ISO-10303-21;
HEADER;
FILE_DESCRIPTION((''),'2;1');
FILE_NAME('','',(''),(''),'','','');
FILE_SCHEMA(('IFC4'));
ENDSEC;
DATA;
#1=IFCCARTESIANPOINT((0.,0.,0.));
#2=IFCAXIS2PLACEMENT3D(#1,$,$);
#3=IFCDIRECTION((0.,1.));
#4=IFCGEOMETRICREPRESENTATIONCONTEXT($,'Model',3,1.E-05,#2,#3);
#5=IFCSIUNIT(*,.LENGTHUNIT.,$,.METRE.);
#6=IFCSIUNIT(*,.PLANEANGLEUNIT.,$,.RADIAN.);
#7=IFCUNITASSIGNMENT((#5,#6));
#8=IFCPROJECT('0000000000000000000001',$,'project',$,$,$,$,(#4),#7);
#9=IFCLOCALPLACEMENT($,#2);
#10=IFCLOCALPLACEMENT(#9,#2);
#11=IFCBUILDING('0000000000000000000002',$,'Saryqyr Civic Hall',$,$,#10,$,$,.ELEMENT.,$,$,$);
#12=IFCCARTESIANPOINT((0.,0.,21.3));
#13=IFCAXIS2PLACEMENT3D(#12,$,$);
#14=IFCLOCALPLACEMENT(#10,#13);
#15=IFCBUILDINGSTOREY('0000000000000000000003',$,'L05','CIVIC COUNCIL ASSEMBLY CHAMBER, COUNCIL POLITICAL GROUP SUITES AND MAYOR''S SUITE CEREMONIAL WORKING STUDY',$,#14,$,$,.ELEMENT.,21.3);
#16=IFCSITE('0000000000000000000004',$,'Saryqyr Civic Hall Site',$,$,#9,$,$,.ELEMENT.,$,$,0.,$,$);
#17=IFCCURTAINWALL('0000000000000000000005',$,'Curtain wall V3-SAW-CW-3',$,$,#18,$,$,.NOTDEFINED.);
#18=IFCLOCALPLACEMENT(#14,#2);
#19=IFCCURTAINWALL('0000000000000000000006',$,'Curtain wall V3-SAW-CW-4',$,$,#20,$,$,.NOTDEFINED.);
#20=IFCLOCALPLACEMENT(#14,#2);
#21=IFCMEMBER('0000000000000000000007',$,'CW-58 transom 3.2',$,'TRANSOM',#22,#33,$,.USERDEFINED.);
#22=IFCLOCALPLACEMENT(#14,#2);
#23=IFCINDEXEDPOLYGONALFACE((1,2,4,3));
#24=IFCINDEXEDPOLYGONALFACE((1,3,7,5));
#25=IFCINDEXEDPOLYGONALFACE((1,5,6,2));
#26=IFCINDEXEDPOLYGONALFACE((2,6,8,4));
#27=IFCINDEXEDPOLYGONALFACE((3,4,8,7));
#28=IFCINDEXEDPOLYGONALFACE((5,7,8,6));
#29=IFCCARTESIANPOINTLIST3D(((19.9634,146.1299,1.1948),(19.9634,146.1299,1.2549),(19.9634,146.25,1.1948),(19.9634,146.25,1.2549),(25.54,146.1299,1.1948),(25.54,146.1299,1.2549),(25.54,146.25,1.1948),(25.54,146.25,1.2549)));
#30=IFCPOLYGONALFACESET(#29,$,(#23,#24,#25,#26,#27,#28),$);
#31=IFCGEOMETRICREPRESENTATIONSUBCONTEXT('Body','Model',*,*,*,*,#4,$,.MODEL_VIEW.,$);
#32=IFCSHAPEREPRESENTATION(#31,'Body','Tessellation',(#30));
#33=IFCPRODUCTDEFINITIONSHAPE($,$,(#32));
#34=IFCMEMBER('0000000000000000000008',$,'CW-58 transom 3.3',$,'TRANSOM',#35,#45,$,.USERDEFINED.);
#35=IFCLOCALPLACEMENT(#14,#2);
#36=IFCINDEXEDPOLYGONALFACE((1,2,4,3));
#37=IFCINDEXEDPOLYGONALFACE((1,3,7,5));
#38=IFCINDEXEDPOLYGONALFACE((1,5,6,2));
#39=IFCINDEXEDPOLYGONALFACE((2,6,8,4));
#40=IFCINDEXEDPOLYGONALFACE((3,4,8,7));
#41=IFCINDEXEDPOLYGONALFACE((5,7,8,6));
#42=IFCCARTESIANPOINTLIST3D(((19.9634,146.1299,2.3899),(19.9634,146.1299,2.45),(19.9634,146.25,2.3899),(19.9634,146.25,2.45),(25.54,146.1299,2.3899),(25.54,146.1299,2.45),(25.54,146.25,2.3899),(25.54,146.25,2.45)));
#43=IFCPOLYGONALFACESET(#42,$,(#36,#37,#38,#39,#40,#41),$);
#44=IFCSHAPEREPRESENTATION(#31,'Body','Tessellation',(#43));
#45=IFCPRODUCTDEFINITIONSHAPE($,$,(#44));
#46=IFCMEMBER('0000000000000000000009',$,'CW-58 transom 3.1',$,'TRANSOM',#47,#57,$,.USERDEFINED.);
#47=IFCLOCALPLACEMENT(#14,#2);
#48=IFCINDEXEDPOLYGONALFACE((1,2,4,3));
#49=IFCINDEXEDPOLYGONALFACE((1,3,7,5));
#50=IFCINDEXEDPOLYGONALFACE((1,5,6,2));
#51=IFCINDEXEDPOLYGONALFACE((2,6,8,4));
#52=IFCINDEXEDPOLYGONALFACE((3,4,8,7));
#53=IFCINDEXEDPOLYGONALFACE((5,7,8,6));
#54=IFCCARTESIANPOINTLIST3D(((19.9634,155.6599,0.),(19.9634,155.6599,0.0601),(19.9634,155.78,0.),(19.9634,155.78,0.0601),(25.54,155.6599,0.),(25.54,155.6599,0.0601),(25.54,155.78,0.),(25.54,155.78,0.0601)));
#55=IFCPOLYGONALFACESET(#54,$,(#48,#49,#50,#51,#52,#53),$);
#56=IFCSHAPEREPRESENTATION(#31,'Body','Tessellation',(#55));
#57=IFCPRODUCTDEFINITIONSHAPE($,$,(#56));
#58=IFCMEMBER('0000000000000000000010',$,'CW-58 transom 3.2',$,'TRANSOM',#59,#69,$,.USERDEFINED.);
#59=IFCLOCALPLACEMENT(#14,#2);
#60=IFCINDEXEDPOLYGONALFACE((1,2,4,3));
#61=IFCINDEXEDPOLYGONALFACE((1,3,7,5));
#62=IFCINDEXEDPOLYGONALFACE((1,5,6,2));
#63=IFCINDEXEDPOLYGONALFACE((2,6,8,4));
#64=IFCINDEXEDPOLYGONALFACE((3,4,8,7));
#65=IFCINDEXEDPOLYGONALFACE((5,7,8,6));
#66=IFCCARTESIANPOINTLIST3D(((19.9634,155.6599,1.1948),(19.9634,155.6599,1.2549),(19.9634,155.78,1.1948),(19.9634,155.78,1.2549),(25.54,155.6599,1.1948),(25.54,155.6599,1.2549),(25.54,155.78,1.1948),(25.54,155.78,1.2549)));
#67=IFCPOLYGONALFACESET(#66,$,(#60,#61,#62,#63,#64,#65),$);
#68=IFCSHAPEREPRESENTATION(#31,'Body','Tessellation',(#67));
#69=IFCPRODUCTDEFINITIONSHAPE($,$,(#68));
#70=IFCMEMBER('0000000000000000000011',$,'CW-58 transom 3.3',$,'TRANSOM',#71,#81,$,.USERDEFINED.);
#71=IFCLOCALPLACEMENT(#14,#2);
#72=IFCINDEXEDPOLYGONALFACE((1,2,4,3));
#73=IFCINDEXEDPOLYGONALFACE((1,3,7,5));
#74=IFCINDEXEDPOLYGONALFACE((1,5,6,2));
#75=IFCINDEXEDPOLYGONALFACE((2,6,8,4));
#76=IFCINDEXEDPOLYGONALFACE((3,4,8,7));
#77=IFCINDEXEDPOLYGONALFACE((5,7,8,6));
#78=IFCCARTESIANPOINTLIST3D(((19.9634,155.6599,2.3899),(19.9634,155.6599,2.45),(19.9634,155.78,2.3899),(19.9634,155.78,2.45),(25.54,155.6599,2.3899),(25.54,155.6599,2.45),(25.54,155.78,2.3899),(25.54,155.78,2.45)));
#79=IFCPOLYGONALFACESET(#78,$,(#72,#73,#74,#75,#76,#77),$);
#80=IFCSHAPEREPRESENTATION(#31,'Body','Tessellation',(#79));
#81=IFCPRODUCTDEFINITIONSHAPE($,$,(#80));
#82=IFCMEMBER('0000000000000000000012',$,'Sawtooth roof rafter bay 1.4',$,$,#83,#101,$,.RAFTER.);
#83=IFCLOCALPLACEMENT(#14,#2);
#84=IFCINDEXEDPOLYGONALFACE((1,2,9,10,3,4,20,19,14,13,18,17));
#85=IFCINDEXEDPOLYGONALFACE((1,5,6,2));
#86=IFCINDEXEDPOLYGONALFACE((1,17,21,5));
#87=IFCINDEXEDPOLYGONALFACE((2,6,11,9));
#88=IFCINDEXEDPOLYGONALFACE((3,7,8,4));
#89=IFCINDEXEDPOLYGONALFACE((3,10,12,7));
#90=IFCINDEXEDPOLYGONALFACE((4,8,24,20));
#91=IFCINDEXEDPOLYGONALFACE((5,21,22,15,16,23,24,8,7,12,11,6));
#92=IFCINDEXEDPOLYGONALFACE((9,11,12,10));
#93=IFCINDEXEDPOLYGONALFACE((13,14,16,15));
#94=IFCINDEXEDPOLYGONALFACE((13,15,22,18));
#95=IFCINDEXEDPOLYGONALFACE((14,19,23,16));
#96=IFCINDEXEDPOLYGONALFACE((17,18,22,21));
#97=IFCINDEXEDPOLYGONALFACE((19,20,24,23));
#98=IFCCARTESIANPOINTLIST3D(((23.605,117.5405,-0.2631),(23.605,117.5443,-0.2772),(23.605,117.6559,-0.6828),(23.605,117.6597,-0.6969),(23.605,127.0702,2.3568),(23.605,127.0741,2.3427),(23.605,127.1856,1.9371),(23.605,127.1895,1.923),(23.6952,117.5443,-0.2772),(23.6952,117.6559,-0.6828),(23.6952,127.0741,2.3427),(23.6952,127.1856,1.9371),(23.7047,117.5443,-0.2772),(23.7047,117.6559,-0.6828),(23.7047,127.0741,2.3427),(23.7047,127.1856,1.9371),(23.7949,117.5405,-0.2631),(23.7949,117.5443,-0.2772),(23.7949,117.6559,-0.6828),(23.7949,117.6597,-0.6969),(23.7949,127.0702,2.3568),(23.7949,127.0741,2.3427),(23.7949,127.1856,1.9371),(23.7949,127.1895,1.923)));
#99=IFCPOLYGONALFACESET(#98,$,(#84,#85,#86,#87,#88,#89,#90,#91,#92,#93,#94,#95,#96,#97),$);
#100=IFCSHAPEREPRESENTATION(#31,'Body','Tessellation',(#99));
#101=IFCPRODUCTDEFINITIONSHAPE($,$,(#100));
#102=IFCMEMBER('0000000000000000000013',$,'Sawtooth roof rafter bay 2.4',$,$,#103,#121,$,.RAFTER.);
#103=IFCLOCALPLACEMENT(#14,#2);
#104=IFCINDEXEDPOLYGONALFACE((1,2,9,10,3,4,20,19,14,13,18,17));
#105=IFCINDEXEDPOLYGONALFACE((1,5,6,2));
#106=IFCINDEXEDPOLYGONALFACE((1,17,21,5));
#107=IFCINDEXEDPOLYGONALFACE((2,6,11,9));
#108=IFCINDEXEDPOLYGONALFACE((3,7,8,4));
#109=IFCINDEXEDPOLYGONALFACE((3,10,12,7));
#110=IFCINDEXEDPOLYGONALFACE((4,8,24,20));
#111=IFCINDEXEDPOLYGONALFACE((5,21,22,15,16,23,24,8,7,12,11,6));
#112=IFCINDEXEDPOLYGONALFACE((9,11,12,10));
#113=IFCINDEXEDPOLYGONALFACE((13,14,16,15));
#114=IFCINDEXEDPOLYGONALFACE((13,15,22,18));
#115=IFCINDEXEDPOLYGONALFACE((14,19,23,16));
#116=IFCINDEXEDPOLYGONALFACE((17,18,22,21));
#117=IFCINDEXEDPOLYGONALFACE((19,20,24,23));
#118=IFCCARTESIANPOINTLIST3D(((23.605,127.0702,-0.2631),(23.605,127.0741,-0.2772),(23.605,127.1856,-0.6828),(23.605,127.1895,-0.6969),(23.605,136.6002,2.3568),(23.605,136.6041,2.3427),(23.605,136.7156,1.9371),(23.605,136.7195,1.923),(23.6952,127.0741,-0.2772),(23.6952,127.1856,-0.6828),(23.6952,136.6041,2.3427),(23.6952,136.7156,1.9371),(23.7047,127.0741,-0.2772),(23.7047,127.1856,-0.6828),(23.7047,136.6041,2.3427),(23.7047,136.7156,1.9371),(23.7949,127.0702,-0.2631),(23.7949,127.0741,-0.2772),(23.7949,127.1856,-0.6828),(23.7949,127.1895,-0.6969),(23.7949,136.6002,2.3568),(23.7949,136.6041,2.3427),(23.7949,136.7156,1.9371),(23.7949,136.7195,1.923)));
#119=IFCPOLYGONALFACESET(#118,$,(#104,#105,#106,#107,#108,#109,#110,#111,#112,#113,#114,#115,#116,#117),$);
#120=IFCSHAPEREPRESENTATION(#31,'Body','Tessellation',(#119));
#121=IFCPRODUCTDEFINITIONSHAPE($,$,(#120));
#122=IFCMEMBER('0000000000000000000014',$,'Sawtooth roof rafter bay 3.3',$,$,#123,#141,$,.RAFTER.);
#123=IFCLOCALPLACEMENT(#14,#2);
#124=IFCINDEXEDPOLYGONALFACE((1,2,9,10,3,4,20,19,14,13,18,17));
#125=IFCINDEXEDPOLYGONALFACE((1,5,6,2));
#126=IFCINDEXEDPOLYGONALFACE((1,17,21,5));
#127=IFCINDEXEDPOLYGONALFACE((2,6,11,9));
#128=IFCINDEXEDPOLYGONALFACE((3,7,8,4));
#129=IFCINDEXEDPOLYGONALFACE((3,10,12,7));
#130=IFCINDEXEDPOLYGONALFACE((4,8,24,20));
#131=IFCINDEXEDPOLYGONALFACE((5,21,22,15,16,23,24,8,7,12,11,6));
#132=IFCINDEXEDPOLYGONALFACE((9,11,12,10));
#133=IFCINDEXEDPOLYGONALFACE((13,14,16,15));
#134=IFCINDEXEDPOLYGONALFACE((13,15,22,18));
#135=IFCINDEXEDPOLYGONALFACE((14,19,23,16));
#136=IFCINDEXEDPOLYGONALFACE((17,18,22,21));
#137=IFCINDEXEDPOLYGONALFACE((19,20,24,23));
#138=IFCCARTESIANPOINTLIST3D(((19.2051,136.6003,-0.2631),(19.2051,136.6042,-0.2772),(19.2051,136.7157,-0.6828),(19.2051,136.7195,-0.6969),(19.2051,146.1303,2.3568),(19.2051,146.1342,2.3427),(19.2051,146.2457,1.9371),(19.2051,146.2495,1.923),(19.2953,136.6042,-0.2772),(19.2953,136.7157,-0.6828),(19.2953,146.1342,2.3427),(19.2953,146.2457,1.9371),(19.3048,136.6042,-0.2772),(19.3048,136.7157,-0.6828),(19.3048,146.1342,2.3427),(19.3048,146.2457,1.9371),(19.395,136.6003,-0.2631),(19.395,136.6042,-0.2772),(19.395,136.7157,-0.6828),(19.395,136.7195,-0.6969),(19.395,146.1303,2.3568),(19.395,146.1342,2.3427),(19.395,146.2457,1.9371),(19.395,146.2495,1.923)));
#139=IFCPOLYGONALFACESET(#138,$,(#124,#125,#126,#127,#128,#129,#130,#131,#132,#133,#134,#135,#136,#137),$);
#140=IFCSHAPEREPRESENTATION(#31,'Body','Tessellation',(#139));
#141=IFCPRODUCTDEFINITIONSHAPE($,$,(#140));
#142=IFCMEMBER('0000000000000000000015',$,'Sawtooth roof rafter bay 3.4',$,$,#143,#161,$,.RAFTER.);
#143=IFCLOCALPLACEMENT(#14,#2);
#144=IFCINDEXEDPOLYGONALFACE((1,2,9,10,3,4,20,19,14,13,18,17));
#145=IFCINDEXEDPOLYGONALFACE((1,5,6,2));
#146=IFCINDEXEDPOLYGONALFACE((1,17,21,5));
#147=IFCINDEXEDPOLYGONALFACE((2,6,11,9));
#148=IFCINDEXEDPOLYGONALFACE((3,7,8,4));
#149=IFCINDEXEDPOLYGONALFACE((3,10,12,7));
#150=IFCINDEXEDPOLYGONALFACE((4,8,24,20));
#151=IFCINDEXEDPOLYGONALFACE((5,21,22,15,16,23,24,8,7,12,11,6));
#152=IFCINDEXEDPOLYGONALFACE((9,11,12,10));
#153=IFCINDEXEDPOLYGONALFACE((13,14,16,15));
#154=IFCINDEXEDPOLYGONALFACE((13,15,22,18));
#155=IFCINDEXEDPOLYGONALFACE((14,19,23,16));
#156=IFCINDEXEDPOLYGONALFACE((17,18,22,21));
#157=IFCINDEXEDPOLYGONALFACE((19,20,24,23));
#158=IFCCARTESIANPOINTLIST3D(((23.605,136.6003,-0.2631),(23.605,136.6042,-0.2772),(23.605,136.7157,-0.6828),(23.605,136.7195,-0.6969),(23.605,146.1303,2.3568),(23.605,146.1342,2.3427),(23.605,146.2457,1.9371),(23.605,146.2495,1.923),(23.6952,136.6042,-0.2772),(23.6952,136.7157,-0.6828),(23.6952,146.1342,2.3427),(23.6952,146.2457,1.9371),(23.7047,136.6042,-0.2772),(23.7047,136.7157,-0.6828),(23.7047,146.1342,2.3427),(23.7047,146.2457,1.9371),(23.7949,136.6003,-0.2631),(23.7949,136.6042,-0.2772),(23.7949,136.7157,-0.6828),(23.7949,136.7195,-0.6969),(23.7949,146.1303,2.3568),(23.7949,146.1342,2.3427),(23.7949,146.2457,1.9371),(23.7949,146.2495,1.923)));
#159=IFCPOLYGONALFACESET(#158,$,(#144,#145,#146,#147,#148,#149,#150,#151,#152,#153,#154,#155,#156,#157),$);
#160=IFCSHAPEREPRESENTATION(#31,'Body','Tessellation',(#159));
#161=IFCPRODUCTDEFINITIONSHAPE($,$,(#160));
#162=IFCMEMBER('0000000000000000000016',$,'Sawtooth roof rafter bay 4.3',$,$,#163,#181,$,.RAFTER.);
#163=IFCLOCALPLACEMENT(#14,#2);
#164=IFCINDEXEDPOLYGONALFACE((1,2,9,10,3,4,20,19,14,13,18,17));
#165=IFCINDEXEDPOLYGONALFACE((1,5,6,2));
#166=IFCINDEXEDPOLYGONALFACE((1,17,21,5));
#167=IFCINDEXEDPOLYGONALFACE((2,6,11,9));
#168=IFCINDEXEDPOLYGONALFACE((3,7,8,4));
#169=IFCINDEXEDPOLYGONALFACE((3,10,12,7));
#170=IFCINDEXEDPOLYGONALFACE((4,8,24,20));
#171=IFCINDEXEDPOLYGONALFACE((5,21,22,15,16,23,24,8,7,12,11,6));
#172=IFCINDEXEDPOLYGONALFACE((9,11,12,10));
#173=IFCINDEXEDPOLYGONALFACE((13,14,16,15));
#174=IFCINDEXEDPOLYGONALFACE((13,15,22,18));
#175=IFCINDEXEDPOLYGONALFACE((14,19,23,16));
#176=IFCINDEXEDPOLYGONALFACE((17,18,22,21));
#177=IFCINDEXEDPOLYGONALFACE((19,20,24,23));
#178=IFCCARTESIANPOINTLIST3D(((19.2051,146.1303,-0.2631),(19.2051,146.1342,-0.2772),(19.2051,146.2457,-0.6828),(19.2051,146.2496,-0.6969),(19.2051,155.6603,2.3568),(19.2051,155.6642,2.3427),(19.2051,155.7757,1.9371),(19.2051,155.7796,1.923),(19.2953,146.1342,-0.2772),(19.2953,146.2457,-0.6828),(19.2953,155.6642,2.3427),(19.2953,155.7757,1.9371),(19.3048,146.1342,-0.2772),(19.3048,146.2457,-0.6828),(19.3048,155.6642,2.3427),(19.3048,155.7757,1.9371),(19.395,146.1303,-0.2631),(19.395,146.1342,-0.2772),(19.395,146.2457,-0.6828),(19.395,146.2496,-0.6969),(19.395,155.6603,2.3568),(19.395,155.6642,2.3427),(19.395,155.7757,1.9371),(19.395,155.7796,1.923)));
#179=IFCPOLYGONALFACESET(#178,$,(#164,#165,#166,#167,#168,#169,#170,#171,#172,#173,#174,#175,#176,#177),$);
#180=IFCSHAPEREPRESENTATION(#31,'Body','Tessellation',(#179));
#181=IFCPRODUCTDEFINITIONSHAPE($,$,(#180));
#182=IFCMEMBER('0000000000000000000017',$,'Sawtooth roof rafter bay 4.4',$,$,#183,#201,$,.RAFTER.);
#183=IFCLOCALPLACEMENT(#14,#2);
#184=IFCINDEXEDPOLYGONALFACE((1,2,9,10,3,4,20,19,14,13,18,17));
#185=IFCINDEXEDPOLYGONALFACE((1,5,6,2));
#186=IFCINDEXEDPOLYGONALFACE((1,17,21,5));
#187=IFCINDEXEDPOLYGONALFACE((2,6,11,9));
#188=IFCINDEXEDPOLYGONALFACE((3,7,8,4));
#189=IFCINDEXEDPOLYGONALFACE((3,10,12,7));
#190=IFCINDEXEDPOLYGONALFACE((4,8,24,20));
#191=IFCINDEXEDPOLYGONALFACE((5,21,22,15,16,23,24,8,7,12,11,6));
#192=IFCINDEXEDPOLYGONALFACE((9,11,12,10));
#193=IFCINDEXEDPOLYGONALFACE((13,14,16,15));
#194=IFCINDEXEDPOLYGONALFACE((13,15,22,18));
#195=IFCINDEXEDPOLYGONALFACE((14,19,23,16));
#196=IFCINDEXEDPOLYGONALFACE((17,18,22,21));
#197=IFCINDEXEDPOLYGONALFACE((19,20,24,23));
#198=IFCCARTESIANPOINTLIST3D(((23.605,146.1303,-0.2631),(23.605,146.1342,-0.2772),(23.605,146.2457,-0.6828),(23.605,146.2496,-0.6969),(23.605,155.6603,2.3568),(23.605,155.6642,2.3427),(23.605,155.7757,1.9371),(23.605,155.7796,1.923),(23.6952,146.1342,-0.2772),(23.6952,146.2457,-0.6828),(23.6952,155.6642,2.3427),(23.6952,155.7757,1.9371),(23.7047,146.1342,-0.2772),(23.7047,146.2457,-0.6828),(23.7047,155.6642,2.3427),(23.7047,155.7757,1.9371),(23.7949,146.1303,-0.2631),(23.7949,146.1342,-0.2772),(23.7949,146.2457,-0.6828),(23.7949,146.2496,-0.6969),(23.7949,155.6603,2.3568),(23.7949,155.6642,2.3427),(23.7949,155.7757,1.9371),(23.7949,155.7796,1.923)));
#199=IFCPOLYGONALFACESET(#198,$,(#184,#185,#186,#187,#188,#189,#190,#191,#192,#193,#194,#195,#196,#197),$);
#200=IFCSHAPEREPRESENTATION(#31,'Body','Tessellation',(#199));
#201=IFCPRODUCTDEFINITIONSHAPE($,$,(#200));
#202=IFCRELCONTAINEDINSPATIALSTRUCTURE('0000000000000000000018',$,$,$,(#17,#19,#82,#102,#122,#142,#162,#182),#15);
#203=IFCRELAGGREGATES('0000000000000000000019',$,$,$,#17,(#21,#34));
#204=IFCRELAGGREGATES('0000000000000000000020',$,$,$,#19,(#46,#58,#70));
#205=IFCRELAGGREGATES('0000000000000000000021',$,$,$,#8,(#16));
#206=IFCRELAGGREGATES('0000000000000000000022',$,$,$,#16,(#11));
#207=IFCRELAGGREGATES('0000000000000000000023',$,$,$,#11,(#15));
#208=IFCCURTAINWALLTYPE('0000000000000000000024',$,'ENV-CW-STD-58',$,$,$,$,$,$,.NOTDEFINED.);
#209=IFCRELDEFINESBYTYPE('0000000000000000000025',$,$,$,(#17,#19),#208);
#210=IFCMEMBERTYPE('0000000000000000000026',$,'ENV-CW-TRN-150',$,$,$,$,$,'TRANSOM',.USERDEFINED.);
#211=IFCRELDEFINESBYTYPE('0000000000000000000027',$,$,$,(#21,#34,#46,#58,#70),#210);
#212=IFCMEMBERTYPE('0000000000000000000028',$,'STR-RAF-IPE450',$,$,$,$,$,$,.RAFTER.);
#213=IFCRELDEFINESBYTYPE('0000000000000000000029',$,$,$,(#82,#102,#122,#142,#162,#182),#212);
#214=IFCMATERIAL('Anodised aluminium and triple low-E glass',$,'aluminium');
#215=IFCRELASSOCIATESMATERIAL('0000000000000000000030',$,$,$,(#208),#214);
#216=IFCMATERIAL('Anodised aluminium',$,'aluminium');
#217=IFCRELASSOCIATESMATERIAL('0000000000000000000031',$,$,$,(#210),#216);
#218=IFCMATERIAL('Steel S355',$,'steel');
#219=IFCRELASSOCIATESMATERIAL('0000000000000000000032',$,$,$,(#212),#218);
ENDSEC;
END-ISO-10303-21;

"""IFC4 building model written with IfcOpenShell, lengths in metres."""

from ifc_helpers import new_model, si_unit, direction, frame, origin, origin_2d, place, context, subcontext, project, spatial, rectangle, i_section, extrude, material, material_profile, profile_set, type_object, element, aggregate, save


model = new_model("IFC4")

# Units and contexts
model_context = context("Model", 3, precision=1e-05, world=origin(), true_north=direction((0.0, 1.0)))
body_context = subcontext(model_context, "Body", "Model", "MODEL_VIEW")
ifc_project = project(units=[si_unit("LENGTHUNIT", "METRE"), si_unit("PLANEANGLEUNIT", "RADIAN")], contexts=[model_context])

# Site, building, storey
site_placement = place(None, origin())
site = spatial("IfcSite", under=ifc_project, at=site_placement, Name="Saryqyr Civic Hall Site", CompositionType="ELEMENT", RefElevation=0.0)
building_placement = place(site_placement, origin())
building = spatial("IfcBuilding", under=site, at=building_placement, Name="Saryqyr Civic Hall", CompositionType="ELEMENT")
storey_placement = place(building_placement, frame((0.0, 0.0, 21.3)))
storey = spatial("IfcBuildingStorey", under=building, at=storey_placement, Name="L05", Description="CIVIC COUNCIL ASSEMBLY CHAMBER, COUNCIL POLITICAL GROUP SUITES AND MAYOR'S SUITE CEREMONIAL WORKING STUDY", CompositionType="ELEMENT", Elevation=21.3)

# Curtain walls
ifc_material_1 = material(Name="Anodised aluminium and triple low-E glass", Category="aluminium")
curtain_wall_type = type_object("IfcCurtainWallType", Name="ENV-CW-STD-58", PredefinedType="NOTDEFINED", material=ifc_material_1)
ifc_material_2 = material(Name="Anodised aluminium", Category="aluminium")
curtain_wall_1_placement = place(storey_placement, origin())
curtain_wall_1 = element("IfcCurtainWall", 1, at=curtain_wall_1_placement, inside=storey, type_object=curtain_wall_type, Name="Curtain wall V3-SAW-CW-3", PredefinedType="NOTDEFINED")
curtain_wall_2_placement = place(storey_placement, origin())
curtain_wall_2 = element("IfcCurtainWall", 2, at=curtain_wall_2_placement, inside=storey, type_object=curtain_wall_type, Name="Curtain wall V3-SAW-CW-4", PredefinedType="NOTDEFINED")

# Members
ifc_material_profile_1 = material_profile(ifc_material_2, rectangle(XDim=0.1201, YDim=0.0601, at=origin_2d()), Name="ALU TRANSOM 120x60")
ifc_profile_set_1 = profile_set([ifc_material_profile_1], Name="Anodised aluminium")
member_type_1 = type_object("IfcMemberType", Name="ENV-CW-TRN-150", ElementType="TRANSOM", PredefinedType="USERDEFINED", material=ifc_profile_set_1)
member_1_placement = place(storey_placement, frame((19.9634, 146.1899, 1.2249), z_axis=(1.0, 0.0, 0.0), x_axis=(0.0, 1.0, 0.0)))
member_1 = element("IfcMember", 3, at=member_1_placement, type_object=member_type_1, Name="CW-58 transom 3.2", ObjectType="TRANSOM", PredefinedType="USERDEFINED", context=body_context, shape_type="SweptSolid", body=[
    extrude(rectangle(XDim=0.1201, YDim=0.0601, at=origin_2d()), origin(), (0.0, 0.0, 1.0), 5.5767),
])
member_2_placement = place(storey_placement, frame((19.9634, 146.1899, 2.4199), z_axis=(1.0, 0.0, 0.0), x_axis=(0.0, 1.0, 0.0)))
member_2 = element("IfcMember", 4, at=member_2_placement, type_object=member_type_1, Name="CW-58 transom 3.3", ObjectType="TRANSOM", PredefinedType="USERDEFINED", context=body_context, shape_type="SweptSolid", body=[
    extrude(rectangle(XDim=0.1201, YDim=0.0601, at=origin_2d()), origin(), (0.0, 0.0, 1.0), 5.5767),
])
member_3_placement = place(storey_placement, frame((19.9634, 155.72, 0.03), z_axis=(1.0, 0.0, 0.0), x_axis=(0.0, 1.0, 0.0)))
member_3 = element("IfcMember", 5, at=member_3_placement, type_object=member_type_1, Name="CW-58 transom 3.1", ObjectType="TRANSOM", PredefinedType="USERDEFINED", context=body_context, shape_type="SweptSolid", body=[
    extrude(rectangle(XDim=0.1201, YDim=0.0601, at=origin_2d()), origin(), (0.0, 0.0, 1.0), 5.5767),
])
member_4_placement = place(storey_placement, frame((19.9634, 155.72, 1.2249), z_axis=(1.0, 0.0, 0.0), x_axis=(0.0, 1.0, 0.0)))
member_4 = element("IfcMember", 6, at=member_4_placement, type_object=member_type_1, Name="CW-58 transom 3.2", ObjectType="TRANSOM", PredefinedType="USERDEFINED", context=body_context, shape_type="SweptSolid", body=[
    extrude(rectangle(XDim=0.1201, YDim=0.0601, at=origin_2d()), origin(), (0.0, 0.0, 1.0), 5.5767),
])
member_5_placement = place(storey_placement, frame((19.9634, 155.72, 2.4199), z_axis=(1.0, 0.0, 0.0), x_axis=(0.0, 1.0, 0.0)))
member_5 = element("IfcMember", 7, at=member_5_placement, type_object=member_type_1, Name="CW-58 transom 3.3", ObjectType="TRANSOM", PredefinedType="USERDEFINED", context=body_context, shape_type="SweptSolid", body=[
    extrude(rectangle(XDim=0.1201, YDim=0.0601, at=origin_2d()), origin(), (0.0, 0.0, 1.0), 5.5767),
])

# Members
ifc_material_3 = material(Name="Steel S355", Category="steel")
ifc_material_profile_2 = material_profile(ifc_material_3, i_section(OverallWidth=0.1899, OverallDepth=0.45, WebThickness=0.0095, FlangeThickness=0.0146, at=origin_2d()), Name="IPE 450")
ifc_profile_set_2 = profile_set([ifc_material_profile_2], Name="Steel S355")
member_type_2 = type_object("IfcMemberType", Name="STR-RAF-IPE450", PredefinedType="RAFTER", material=ifc_profile_set_2)
member_6_placement = place(storey_placement, frame((23.7, 117.6001, -0.48), z_axis=(0.0, 0.964227, 0.26508), x_axis=(-1.0, 0.0, 0.0)))
element("IfcMember", 8, at=member_6_placement, inside=storey, type_object=member_type_2, Name="Sawtooth roof rafter bay 1.4", PredefinedType="RAFTER", context=body_context, shape_type="SweptSolid", body=[
    extrude(i_section(OverallWidth=0.1899, OverallDepth=0.45, WebThickness=0.0095, FlangeThickness=0.0146, at=origin_2d()), origin(), (0.0, 0.0, 1.0), 9.8833),
])
for number, where, z_axis, x_axis, name in (
    (9, (23.7, 127.1299, -0.48), (0.0, 0.964228, 0.265073), (-1.0, 0.0, 0.0), "Sawtooth roof rafter bay 2.4"),
    (10, (19.3, 136.6599, -0.48), (0.0, 0.964228, 0.265073), (-1.0, 0.0, 0.0), "Sawtooth roof rafter bay 3.3"),
    (11, (23.7, 136.6599, -0.48), (0.0, 0.964228, 0.265073), (-1.0, 0.0, 0.0), "Sawtooth roof rafter bay 3.4"),
    (12, (19.3, 146.1899, -0.48), (0.0, 0.964228, 0.265073), (-1.0, 0.0, 0.0), "Sawtooth roof rafter bay 4.3"),
    (13, (23.7, 146.1899, -0.48), (0.0, 0.964228, 0.265073), (-1.0, 0.0, 0.0), "Sawtooth roof rafter bay 4.4"),
):
    element("IfcMember", number, at=place(storey_placement, frame(where, z_axis=z_axis, x_axis=x_axis)), inside=storey, type_object=member_type_2, Name=name, PredefinedType="RAFTER", context=body_context, shape_type="SweptSolid", body=[
        extrude(i_section(OverallWidth=0.1899, OverallDepth=0.45, WebThickness=0.0095, FlangeThickness=0.0146, at=origin_2d()), origin(), (0.0, 0.0, 1.0), 9.8835),
    ])

aggregate(curtain_wall_1, [member_1, member_2])
aggregate(curtain_wall_2, [member_3, member_4, member_5])

save(model, "model.ifc")
